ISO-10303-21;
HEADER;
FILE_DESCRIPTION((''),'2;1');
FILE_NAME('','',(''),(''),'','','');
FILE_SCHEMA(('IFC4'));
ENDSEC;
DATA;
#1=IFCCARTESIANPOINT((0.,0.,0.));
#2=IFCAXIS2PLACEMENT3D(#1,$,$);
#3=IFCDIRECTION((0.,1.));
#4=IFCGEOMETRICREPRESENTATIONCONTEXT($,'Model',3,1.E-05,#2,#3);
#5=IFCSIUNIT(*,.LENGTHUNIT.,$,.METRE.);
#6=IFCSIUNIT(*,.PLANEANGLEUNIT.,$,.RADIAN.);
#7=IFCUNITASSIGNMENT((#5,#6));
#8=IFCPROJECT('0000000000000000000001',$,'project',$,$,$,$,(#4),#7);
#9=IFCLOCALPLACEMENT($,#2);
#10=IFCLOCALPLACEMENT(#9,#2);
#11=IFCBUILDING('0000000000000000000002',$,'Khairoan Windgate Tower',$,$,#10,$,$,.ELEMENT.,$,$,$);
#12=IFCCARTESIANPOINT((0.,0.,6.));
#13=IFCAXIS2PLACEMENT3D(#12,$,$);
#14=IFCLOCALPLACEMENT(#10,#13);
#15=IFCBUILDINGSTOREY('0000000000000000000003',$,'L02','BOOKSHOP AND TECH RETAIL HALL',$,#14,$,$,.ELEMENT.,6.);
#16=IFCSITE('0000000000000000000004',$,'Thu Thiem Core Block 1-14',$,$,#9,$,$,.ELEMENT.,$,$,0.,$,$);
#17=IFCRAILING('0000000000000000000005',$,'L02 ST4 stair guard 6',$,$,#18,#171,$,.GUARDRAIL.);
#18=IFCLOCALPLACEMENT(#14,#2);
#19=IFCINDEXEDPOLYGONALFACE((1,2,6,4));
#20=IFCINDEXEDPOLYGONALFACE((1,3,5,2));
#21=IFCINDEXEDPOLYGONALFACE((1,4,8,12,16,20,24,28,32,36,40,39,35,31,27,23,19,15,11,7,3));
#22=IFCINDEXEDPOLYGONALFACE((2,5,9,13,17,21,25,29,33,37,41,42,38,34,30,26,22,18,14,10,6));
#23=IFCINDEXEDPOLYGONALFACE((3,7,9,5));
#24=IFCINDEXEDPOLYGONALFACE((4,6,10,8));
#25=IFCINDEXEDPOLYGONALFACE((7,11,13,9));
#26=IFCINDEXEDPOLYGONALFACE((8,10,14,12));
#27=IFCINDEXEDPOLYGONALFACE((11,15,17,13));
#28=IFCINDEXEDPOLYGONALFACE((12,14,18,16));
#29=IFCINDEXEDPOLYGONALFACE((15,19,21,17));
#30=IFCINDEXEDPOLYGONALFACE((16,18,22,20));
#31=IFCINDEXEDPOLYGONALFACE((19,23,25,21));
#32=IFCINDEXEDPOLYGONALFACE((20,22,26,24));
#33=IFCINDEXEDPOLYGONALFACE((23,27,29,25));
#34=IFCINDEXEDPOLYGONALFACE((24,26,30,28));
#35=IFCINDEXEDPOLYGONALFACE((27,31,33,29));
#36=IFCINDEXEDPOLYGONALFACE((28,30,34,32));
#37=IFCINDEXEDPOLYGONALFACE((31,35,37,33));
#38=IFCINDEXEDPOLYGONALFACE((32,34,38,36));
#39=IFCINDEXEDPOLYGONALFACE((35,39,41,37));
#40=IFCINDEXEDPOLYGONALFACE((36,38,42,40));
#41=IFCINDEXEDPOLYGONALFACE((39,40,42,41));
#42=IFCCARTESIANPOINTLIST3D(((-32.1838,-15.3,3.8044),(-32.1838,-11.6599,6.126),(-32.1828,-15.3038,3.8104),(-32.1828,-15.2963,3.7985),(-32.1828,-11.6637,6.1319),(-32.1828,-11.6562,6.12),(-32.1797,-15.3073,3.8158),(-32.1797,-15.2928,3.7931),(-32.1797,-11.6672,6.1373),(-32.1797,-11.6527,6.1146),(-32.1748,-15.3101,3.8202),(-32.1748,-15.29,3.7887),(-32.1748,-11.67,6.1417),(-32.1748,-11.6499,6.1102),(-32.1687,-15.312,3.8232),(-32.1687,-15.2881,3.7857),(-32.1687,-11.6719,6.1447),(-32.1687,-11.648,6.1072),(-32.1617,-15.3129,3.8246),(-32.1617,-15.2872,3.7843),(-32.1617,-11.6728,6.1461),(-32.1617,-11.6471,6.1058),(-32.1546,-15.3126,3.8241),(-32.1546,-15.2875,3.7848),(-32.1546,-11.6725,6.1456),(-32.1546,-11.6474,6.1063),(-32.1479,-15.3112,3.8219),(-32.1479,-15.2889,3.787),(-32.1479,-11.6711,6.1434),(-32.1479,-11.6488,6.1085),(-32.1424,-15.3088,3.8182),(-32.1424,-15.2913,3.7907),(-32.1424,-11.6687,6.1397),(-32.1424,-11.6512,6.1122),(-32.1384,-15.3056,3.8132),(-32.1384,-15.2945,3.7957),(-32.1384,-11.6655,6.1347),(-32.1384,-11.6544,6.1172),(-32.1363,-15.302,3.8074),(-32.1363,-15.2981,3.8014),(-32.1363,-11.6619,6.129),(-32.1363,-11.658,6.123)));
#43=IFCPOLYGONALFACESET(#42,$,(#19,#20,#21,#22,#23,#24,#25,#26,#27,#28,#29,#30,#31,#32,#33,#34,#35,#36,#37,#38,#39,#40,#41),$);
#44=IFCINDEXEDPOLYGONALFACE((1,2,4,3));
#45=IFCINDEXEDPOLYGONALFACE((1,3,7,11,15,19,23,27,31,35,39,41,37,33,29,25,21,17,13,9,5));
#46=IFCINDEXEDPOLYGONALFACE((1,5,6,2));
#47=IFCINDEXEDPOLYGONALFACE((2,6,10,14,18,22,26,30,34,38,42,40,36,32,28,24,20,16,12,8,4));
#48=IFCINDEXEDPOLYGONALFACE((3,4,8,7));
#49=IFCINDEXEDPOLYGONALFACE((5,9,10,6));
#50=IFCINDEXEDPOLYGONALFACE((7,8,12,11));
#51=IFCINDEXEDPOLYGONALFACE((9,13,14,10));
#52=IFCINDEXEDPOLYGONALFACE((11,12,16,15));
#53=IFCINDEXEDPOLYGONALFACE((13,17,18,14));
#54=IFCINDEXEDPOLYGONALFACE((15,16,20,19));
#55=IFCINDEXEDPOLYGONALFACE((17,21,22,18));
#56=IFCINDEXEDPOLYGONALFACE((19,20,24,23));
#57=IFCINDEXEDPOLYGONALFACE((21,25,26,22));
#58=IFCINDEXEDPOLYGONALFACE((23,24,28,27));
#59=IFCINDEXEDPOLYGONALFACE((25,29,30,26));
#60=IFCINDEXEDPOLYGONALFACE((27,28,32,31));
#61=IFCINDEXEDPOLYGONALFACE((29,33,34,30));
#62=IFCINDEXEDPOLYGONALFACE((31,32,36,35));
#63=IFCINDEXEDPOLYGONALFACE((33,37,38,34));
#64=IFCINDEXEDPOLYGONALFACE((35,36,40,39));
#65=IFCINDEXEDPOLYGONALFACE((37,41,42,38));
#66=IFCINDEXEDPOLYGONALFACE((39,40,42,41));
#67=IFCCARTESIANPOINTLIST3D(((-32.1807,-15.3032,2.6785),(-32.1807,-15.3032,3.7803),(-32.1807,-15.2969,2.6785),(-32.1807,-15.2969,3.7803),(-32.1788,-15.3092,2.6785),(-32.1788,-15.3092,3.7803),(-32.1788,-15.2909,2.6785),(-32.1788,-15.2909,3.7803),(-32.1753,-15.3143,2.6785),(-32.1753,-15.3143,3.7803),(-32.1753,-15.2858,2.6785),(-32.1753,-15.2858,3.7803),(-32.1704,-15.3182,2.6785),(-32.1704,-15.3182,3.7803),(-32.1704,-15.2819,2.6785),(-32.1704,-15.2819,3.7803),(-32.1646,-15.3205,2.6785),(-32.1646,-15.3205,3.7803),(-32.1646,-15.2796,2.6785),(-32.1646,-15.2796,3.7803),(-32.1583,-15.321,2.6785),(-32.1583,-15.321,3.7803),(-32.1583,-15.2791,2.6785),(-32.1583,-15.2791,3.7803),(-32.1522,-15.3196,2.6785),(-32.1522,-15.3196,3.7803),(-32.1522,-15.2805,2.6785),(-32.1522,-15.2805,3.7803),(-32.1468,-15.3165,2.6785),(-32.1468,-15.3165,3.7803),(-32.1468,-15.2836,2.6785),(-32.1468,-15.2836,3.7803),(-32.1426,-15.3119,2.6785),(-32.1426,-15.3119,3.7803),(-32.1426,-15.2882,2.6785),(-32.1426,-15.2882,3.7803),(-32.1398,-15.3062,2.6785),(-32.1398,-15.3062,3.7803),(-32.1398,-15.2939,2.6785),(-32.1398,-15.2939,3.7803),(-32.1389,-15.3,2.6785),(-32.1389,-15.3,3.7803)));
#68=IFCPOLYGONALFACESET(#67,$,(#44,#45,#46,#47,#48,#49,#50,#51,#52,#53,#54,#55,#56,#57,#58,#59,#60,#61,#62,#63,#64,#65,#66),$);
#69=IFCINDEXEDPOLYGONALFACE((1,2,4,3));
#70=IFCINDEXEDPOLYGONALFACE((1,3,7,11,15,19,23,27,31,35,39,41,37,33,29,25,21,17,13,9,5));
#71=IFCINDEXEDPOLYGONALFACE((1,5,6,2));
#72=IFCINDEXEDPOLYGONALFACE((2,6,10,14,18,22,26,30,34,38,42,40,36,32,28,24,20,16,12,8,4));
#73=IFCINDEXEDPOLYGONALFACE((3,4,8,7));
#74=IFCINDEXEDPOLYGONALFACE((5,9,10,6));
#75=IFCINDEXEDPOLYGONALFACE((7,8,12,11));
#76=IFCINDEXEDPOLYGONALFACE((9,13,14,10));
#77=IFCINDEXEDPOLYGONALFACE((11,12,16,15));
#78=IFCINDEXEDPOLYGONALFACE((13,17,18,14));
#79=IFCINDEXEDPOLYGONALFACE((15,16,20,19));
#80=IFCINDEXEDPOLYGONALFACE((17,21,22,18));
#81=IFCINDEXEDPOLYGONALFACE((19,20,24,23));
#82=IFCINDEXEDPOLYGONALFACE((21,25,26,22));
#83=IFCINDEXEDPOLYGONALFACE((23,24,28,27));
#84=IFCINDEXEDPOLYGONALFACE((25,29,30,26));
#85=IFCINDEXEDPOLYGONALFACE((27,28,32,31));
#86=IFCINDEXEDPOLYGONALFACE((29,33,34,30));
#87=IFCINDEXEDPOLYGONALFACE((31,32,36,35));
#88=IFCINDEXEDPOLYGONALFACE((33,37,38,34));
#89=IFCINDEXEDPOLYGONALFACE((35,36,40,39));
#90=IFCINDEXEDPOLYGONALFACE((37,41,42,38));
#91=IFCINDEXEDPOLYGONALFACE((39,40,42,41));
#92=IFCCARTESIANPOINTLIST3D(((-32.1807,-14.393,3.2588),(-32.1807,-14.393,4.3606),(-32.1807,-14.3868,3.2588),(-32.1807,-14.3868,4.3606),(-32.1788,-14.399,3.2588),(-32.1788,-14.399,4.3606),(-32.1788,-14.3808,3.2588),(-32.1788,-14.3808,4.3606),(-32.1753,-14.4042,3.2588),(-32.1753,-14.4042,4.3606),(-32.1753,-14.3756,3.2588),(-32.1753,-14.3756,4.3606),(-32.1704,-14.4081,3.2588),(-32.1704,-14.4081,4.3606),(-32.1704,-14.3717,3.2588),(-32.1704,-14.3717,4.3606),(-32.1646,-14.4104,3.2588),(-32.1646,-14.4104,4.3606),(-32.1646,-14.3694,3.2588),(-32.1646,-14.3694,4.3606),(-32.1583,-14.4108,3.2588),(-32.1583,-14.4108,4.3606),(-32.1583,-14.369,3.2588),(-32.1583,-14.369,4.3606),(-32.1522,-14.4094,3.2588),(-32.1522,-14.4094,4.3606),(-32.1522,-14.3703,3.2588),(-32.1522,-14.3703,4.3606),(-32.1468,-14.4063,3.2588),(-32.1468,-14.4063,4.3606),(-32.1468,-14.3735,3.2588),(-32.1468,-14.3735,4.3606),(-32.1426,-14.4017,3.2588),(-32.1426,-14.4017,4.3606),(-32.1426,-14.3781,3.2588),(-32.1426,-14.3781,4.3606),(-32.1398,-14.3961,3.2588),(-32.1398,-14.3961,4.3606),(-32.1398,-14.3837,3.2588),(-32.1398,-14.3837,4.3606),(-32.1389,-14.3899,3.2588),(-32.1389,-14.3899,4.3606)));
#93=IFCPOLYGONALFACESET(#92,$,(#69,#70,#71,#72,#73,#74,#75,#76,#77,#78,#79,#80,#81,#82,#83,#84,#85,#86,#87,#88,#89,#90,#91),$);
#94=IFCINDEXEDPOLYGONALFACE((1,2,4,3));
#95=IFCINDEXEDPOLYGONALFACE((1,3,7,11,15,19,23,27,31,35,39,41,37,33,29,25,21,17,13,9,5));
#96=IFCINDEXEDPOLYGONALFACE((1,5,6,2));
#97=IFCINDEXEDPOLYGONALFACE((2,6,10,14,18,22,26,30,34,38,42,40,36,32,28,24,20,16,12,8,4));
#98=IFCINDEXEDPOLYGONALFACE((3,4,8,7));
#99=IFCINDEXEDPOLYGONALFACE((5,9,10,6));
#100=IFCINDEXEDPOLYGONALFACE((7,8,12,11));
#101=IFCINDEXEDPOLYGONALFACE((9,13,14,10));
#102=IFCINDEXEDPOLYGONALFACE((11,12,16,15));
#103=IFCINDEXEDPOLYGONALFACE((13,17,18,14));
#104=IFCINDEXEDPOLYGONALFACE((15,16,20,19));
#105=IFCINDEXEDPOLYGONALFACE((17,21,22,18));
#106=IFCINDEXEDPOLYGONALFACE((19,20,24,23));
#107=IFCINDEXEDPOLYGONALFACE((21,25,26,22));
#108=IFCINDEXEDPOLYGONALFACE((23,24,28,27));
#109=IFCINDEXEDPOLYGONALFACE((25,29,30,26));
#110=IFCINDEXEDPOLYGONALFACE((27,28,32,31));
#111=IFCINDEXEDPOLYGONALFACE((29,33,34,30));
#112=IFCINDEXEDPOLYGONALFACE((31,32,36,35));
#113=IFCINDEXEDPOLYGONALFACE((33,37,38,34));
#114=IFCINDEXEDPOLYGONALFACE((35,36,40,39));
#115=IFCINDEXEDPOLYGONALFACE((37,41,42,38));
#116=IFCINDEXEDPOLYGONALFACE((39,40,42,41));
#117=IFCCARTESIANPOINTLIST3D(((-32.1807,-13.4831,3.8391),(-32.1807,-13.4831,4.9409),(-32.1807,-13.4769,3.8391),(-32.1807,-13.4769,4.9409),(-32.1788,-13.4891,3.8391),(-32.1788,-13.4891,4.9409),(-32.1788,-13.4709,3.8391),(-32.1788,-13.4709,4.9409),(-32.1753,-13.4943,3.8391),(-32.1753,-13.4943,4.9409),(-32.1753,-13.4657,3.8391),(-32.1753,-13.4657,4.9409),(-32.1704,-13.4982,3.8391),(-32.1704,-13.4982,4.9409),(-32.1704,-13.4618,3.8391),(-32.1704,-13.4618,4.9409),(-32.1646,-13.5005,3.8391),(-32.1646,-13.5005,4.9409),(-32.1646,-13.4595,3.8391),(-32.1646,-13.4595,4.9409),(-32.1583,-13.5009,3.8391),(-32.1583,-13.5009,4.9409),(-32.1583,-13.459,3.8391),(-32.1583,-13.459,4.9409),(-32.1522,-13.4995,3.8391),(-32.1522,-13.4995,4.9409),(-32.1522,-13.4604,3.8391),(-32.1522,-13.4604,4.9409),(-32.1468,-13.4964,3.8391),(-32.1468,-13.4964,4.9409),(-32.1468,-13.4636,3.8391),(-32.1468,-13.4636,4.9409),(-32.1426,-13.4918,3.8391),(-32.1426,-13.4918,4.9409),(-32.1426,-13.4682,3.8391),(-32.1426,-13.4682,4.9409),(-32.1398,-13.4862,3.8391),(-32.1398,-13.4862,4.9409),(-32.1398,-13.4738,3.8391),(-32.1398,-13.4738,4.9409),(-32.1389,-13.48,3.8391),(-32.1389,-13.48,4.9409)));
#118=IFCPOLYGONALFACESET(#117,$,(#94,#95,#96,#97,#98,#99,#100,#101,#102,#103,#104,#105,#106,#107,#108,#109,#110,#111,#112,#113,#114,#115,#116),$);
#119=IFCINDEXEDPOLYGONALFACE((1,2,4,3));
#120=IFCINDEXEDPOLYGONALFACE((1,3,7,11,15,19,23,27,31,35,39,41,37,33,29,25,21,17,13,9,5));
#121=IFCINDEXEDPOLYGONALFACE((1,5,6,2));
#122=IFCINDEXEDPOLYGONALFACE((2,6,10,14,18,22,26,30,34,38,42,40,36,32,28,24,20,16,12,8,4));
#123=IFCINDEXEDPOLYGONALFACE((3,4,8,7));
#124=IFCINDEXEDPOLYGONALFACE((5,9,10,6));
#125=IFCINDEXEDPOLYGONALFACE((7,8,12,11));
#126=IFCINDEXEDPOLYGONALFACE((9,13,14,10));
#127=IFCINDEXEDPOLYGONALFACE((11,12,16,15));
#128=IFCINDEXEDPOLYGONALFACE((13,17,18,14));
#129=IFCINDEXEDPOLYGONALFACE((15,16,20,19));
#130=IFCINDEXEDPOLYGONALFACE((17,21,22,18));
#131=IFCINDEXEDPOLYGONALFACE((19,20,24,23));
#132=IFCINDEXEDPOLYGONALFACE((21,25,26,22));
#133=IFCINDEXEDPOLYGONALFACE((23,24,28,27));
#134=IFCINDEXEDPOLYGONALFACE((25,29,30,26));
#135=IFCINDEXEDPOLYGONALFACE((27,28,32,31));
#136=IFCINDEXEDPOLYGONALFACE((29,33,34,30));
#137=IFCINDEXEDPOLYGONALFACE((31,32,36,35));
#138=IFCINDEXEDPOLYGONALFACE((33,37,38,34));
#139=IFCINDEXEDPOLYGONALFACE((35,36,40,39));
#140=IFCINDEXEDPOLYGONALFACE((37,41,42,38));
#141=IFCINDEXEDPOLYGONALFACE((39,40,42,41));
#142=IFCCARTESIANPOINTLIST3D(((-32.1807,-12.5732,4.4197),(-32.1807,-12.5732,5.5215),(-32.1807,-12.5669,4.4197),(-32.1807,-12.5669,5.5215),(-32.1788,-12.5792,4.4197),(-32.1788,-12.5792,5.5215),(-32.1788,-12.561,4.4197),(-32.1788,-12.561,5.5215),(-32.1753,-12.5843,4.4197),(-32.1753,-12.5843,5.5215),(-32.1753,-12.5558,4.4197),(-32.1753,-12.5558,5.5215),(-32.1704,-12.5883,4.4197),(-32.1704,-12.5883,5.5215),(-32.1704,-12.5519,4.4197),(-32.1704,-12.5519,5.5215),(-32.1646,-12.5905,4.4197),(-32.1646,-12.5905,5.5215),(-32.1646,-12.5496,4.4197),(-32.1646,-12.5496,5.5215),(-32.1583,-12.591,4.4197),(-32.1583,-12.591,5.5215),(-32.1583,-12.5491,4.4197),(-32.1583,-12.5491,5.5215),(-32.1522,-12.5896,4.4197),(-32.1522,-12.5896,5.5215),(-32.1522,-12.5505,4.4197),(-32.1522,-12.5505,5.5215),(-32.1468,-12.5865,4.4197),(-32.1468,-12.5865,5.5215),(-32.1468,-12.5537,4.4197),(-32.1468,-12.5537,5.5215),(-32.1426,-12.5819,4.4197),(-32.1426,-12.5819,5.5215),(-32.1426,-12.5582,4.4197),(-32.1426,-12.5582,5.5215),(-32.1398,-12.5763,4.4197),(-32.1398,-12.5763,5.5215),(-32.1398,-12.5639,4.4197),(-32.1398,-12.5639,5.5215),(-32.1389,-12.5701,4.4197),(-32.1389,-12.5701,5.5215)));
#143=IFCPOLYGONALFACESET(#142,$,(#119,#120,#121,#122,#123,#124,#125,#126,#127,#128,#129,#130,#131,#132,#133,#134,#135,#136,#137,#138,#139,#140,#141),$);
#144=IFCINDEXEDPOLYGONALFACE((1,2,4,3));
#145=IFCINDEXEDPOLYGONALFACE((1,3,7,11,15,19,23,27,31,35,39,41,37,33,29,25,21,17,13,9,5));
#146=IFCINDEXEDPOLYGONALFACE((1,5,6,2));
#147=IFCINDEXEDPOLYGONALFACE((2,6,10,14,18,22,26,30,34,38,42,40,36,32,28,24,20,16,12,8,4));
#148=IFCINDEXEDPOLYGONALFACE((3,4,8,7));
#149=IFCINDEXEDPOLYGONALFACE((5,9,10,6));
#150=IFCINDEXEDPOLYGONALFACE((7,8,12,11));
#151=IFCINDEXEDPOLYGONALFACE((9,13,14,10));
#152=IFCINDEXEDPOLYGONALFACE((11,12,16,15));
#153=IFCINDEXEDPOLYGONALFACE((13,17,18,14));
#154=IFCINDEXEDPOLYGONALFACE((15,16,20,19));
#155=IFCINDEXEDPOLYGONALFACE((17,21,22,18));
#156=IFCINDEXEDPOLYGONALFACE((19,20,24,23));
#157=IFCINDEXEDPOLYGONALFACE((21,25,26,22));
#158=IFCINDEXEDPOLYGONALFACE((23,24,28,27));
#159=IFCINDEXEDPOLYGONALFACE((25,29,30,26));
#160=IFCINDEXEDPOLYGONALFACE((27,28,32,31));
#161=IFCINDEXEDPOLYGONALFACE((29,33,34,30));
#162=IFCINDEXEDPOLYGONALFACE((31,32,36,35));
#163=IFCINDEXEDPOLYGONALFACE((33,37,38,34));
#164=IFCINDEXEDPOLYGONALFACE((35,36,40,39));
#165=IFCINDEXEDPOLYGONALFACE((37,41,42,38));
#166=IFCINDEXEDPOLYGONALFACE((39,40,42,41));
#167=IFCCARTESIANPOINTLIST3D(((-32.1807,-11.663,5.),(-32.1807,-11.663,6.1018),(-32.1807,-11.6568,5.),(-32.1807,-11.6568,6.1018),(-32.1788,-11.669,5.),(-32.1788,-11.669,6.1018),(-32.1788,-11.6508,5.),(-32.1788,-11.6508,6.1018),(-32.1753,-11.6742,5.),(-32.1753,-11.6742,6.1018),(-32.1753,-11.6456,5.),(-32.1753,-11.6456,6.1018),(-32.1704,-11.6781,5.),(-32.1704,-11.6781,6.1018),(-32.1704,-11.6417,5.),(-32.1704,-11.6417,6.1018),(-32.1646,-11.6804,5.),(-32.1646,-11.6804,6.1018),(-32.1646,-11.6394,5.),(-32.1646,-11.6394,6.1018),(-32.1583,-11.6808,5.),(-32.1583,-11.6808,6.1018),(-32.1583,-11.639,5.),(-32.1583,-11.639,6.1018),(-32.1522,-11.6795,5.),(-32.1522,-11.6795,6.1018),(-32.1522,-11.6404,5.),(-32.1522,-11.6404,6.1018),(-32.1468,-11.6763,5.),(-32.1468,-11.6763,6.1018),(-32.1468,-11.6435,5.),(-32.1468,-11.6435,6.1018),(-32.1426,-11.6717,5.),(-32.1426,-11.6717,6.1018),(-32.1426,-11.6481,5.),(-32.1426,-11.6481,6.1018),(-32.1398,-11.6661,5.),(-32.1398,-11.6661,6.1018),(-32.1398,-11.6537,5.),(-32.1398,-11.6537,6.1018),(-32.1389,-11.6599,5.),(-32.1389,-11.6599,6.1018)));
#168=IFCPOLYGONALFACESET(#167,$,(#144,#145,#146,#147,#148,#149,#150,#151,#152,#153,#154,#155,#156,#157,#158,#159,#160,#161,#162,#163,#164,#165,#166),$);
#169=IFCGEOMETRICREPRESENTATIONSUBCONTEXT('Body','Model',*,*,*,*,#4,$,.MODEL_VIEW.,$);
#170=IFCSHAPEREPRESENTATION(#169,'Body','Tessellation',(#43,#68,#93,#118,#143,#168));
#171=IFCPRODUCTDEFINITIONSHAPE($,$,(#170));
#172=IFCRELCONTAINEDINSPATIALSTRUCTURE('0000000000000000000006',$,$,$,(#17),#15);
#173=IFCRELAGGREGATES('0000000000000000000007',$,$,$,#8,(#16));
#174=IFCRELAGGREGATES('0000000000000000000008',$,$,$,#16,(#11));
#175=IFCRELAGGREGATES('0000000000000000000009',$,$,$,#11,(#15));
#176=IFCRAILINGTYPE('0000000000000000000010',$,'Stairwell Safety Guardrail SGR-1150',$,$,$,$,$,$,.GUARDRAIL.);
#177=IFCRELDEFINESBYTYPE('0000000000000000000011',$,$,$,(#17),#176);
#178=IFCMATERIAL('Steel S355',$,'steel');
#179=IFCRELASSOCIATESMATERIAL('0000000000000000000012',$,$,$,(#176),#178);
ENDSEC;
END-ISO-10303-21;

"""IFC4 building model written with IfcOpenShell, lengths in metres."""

from ifc_helpers import new_model, si_unit, direction, frame, origin, origin_2d, place, context, subcontext, project, spatial, circle, extrude, material, type_object, element, save


model = new_model("IFC4")

# Units and contexts
model_context = context("Model", 3, precision=1e-05, world=origin(), true_north=direction((0.0, 1.0)))
body_context = subcontext(model_context, "Body", "Model", "MODEL_VIEW")
ifc_project = project(units=[si_unit("LENGTHUNIT", "METRE"), si_unit("PLANEANGLEUNIT", "RADIAN")], contexts=[model_context])

# Site, building, storey
site_placement = place(None, origin())
site = spatial("IfcSite", under=ifc_project, at=site_placement, Name="Thu Thiem Core Block 1-14", CompositionType="ELEMENT", RefElevation=0.0)
building_placement = place(site_placement, origin())
building = spatial("IfcBuilding", under=site, at=building_placement, Name="Khairoan Windgate Tower", CompositionType="ELEMENT")
storey_placement = place(building_placement, frame((0.0, 0.0, 6.0)))
storey = spatial("IfcBuildingStorey", under=building, at=storey_placement, Name="L02", Description="BOOKSHOP AND TECH RETAIL HALL", CompositionType="ELEMENT", Elevation=6.0)

# Railing
ifc_material_1 = material(Name="Steel S355", Category="steel")
railing_type = type_object("IfcRailingType", Name="Stairwell Safety Guardrail SGR-1150", PredefinedType="GUARDRAIL", material=ifc_material_1)
railing_1_placement = place(storey_placement, frame((-32.1599, -15.3, 2.6785)))
element("IfcRailing", 1, at=railing_1_placement, inside=storey, type_object=railing_type, Name="L02 ST4 stair guard 6", PredefinedType="GUARDRAIL", context=body_context, shape_type="SweptSolid", body=[
    extrude(circle(Radius=0.0239, at=origin_2d()), frame((0.0, 0.0, 1.126), z_axis=(0.0, 0.843128, 0.537713), x_axis=(-1.0, 0.0, 0.0)), (0.0, 0.0, 1.0), 4.3174),
    extrude(circle(Radius=0.021, at=origin_2d()), origin(), (0.0, 0.0, 1.0), 1.1018),
    extrude(circle(Radius=0.021, at=origin_2d()), frame((0.0, 0.9102, 0.5803)), (0.0, 0.0, 1.0), 1.1018),
    extrude(circle(Radius=0.021, at=origin_2d()), frame((0.0, 1.8201, 1.1606)), (0.0, 0.0, 1.0), 1.1018),
    extrude(circle(Radius=0.021, at=origin_2d()), frame((0.0, 2.73, 1.7412)), (0.0, 0.0, 1.0), 1.1018),
    extrude(circle(Radius=0.021, at=origin_2d()), frame((0.0, 3.6401, 2.3215)), (0.0, 0.0, 1.0), 1.1018),
])

save(model, "model.ifc")
